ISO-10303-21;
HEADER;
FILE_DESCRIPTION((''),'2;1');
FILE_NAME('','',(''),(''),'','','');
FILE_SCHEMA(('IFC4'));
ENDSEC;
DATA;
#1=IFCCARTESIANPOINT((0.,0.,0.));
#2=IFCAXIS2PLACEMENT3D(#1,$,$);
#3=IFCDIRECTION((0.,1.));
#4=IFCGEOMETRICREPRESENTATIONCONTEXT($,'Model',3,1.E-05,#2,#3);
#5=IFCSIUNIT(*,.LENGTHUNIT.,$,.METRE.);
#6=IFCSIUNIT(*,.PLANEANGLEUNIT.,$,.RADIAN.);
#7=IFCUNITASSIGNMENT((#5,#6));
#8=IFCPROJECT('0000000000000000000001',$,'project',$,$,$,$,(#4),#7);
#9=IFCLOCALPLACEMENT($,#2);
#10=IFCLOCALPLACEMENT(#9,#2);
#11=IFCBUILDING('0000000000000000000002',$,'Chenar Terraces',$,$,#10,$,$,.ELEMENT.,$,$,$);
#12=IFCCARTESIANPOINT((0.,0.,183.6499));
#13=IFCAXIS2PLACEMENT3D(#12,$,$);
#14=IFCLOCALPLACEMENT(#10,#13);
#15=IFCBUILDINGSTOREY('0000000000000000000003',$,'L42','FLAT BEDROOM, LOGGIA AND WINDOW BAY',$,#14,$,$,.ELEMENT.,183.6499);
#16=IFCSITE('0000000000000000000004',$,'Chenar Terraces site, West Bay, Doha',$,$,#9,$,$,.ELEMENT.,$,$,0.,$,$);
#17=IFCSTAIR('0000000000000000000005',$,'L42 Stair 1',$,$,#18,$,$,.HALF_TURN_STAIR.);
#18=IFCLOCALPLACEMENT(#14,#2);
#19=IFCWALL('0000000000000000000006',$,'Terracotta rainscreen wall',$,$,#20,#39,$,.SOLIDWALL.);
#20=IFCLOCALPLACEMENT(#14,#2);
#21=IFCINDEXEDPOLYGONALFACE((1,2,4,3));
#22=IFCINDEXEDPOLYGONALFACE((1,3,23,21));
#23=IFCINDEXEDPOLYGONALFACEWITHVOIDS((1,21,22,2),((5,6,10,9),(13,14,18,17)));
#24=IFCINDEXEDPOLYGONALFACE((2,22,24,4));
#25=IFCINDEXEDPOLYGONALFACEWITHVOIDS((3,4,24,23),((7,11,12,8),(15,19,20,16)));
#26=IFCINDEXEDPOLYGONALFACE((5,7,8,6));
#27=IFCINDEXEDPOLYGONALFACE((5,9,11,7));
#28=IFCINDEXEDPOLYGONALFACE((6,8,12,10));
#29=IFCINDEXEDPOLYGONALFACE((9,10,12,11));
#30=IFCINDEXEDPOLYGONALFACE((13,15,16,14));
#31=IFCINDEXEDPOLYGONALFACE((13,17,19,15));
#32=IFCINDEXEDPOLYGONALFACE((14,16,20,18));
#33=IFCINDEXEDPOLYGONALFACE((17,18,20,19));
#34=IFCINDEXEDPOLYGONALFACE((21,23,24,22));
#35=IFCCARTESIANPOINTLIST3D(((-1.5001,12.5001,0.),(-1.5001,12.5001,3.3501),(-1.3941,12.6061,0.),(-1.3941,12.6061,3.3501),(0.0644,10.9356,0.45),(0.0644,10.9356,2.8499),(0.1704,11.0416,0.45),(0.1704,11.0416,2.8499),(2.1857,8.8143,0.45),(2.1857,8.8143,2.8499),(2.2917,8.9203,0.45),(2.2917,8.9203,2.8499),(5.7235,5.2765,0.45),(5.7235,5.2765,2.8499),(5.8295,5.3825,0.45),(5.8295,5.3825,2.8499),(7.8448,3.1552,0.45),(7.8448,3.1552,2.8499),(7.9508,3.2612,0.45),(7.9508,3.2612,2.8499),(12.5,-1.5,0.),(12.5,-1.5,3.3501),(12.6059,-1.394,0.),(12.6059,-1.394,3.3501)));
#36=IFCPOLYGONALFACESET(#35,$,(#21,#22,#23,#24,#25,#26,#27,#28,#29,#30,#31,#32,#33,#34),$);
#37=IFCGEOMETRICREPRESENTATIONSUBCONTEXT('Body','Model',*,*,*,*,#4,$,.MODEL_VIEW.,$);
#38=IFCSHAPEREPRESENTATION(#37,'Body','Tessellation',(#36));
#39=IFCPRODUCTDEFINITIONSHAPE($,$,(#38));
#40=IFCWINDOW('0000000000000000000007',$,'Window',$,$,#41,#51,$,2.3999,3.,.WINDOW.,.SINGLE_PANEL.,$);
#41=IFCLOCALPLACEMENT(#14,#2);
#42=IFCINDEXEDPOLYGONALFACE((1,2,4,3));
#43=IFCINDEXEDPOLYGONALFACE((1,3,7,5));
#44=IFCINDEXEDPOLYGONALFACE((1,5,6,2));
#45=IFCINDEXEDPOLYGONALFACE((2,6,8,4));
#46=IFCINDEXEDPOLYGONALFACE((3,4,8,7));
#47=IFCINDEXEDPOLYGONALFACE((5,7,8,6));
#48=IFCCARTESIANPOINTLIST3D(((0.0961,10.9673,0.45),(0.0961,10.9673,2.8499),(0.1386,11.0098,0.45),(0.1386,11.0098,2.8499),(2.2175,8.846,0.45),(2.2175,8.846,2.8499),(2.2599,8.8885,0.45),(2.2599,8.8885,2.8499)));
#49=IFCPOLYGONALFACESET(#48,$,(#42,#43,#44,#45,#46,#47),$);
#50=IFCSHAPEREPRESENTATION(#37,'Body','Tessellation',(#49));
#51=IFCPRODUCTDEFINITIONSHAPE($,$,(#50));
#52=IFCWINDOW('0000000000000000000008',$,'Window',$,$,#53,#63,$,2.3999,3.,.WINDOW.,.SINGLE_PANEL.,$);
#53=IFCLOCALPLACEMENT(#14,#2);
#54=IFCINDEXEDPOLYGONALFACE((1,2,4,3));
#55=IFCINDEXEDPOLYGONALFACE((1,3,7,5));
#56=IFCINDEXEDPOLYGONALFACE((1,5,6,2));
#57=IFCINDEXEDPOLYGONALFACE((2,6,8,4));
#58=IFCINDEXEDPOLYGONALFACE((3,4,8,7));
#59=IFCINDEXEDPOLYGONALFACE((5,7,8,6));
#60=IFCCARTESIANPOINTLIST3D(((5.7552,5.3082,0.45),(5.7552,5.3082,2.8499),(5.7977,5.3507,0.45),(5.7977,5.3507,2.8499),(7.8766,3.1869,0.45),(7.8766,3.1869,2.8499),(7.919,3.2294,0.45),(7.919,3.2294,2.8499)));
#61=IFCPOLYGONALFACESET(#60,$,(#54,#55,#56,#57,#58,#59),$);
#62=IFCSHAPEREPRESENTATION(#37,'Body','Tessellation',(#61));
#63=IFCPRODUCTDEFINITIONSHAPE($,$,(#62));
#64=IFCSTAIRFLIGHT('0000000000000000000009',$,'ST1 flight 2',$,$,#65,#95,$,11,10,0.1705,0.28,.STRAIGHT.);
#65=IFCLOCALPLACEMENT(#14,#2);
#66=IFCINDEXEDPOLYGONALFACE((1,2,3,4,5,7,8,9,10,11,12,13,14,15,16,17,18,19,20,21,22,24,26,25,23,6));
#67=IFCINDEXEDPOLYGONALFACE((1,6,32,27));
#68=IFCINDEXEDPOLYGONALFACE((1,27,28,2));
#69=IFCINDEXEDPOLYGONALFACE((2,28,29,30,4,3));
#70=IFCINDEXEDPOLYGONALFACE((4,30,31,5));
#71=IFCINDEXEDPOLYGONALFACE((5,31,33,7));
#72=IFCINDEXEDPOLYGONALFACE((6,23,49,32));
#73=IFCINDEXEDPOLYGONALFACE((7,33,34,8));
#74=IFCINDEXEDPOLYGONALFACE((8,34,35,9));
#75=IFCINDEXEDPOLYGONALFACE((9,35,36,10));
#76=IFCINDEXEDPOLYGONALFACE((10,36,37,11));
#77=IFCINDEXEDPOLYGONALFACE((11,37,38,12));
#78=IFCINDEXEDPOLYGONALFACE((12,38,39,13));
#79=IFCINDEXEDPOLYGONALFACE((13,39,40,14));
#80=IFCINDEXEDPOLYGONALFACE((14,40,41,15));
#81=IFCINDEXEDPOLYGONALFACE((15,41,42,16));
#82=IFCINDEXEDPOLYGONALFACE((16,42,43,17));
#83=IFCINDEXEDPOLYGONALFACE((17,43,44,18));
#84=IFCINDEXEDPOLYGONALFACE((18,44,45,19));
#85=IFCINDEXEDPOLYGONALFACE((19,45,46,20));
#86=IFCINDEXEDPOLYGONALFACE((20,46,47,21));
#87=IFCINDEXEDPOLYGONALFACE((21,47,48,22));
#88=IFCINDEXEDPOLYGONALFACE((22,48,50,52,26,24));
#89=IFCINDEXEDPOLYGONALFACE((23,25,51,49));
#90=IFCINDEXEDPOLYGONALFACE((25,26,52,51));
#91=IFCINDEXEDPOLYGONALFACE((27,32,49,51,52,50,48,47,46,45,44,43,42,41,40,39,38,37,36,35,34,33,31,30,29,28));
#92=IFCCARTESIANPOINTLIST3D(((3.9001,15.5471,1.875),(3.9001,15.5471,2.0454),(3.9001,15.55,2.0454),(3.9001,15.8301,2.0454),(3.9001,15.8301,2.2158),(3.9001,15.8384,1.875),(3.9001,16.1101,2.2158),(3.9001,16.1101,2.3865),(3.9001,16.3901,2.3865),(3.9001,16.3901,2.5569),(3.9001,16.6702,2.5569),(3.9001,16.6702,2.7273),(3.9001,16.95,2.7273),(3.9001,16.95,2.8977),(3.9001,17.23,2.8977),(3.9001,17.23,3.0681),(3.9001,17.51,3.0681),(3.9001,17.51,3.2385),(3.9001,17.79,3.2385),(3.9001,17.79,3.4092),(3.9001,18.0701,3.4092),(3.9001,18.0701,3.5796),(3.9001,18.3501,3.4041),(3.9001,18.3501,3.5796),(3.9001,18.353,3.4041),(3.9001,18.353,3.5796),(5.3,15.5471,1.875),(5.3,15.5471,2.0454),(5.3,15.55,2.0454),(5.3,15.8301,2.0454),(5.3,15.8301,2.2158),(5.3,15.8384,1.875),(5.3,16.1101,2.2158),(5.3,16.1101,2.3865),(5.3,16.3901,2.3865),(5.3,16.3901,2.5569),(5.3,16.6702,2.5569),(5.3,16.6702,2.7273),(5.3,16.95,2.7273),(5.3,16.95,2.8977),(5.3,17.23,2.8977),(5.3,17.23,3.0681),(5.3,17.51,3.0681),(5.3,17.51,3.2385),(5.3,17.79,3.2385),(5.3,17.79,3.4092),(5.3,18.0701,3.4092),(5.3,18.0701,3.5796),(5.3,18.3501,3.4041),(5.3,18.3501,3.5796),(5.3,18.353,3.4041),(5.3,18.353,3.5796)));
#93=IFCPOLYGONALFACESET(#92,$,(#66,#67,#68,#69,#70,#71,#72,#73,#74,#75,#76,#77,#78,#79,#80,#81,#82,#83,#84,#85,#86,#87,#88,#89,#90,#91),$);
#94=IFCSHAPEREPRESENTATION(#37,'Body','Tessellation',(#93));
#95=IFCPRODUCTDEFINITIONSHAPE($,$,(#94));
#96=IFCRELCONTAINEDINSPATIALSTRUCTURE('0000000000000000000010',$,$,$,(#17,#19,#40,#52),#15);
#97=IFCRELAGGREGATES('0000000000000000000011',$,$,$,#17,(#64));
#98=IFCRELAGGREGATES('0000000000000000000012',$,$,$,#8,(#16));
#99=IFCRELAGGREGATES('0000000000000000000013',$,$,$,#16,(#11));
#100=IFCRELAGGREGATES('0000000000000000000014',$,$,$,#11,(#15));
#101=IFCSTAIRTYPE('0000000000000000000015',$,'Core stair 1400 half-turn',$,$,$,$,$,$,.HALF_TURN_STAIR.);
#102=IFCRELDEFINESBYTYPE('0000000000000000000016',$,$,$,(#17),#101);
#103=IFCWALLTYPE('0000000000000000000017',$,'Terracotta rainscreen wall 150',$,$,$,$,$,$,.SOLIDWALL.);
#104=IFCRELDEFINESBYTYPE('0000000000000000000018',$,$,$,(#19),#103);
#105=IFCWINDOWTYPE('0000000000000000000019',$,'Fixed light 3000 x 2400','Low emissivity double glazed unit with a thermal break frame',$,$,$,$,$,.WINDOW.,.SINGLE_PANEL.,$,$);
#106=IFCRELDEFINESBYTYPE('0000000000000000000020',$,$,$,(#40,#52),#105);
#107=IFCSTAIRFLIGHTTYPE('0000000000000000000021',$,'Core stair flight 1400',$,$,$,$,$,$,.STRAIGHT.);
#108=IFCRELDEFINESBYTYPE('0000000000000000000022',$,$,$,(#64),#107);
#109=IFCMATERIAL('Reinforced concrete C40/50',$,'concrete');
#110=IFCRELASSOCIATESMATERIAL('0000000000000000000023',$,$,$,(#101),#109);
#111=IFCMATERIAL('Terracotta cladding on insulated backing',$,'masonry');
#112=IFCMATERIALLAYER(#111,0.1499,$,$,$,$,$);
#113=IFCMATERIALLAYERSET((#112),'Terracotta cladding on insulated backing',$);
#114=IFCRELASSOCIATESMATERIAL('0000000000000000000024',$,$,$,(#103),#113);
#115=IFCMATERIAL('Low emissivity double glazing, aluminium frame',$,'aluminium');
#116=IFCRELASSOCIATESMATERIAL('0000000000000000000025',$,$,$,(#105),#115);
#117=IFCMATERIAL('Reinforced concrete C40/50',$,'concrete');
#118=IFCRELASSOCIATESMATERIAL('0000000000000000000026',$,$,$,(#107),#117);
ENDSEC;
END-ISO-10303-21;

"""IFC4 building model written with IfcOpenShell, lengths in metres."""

from ifc_helpers import new_model, si_unit, direction, frame, frame_2d, origin, place, context, subcontext, project, spatial, polyline, rectangle, outline, extrude, material, layer, layer_set, type_object, element, fill, aggregate, save


model = new_model("IFC4")

# Units and contexts
model_context = context("Model", 3, precision=1e-05, world=origin(), true_north=direction((0.0, 1.0)))
body_context = subcontext(model_context, "Body", "Model", "MODEL_VIEW")
ifc_project = project(units=[si_unit("LENGTHUNIT", "METRE"), si_unit("PLANEANGLEUNIT", "RADIAN")], contexts=[model_context])

# Site, building, storey
site_placement = place(None, origin())
site = spatial("IfcSite", under=ifc_project, at=site_placement, Name="Chenar Terraces site, West Bay, Doha", CompositionType="ELEMENT", RefElevation=0.0)
building_placement = place(site_placement, origin())
building = spatial("IfcBuilding", under=site, at=building_placement, Name="Chenar Terraces", CompositionType="ELEMENT")
storey_placement = place(building_placement, frame((0.0, 0.0, 183.6499)))
storey = spatial("IfcBuildingStorey", under=building, at=storey_placement, Name="L42", Description="FLAT BEDROOM, LOGGIA AND WINDOW BAY", CompositionType="ELEMENT", Elevation=183.6499)

# Stair
ifc_material_1 = material(Name="Reinforced concrete C40/50", Category="concrete")
stair_type = type_object("IfcStairType", Name="Core stair 1400 half-turn", PredefinedType="HALF_TURN_STAIR", material=ifc_material_1)
placement_1 = place(storey_placement, origin())
stair_1 = element("IfcStair", 1, at=placement_1, inside=storey, type_object=stair_type, Name="L42 Stair 1", PredefinedType="HALF_TURN_STAIR")

# Wall, openings, windows
ifc_material_2 = material(Name="Terracotta cladding on insulated backing", Category="masonry")
ifc_layer_1 = layer(ifc_material_2, 0.1499)
ifc_layer_set_1 = layer_set([ifc_layer_1], Name="Terracotta cladding on insulated backing")
wall_type_1 = type_object("IfcWallType", Name="Terracotta rainscreen wall 150", PredefinedType="SOLIDWALL", material=ifc_layer_set_1)
wall_1_placement = place(storey_placement, frame((-1.447, 12.553, 0.0), z_axis=(0.0, 0.0, 1.0), x_axis=(0.707107, -0.707107, 0.0)))
wall_1 = element("IfcWall", 2, at=wall_1_placement, inside=storey, type_object=wall_type_1, Name="Terracotta rainscreen wall", PredefinedType="SOLIDWALL", context=body_context, shape_type="SweptSolid", body=[
    extrude(rectangle(XDim=19.7991, YDim=0.1499, at=frame_2d((9.8994, 0.0))), origin(), (0.0, 0.0, 1.0), 3.3501),
])
opening_1_placement = place(wall_1_placement, frame((2.2124, 0.0, 0.45)))
opening_1 = element("IfcOpeningElement", 3, at=opening_1_placement, cuts=wall_1, PredefinedType="OPENING", context=body_context, shape_type="SweptSolid", body=[
    extrude(rectangle(XDim=3.0, YDim=2.3999, at=frame_2d((1.5, 1.2))), frame((0.0, 0.085, 0.0), z_axis=(0.0, -1.0, 0.0), x_axis=(1.0, 0.0, 0.0)), (0.0, 0.0, 1.0), 0.1699),
])
opening_2_placement = place(wall_1_placement, frame((10.2156, 0.0, 0.45)))
opening_2 = element("IfcOpeningElement", 4, at=opening_2_placement, cuts=wall_1, PredefinedType="OPENING", context=body_context, shape_type="SweptSolid", body=[
    extrude(rectangle(XDim=3.0, YDim=2.3999, at=frame_2d((1.5, 1.2))), frame((0.0, 0.085, 0.0), z_axis=(0.0, -1.0, 0.0), x_axis=(1.0, 0.0, 0.0)), (0.0, 0.0, 1.0), 0.1699),
])
ifc_material_3 = material(Name="Low emissivity double glazing, aluminium frame", Category="aluminium")
window_type = type_object("IfcWindowType", Name="Fixed light 3000 x 2400", Description="Low emissivity double glazed unit with a thermal break frame", PartitioningType="SINGLE_PANEL", PredefinedType="WINDOW", material=ifc_material_3)
window_1_placement = place(opening_1_placement, origin())
window_1 = element("IfcWindow", 5, at=window_1_placement, inside=storey, type_object=window_type, Name="Window", OverallHeight=2.3999, OverallWidth=3.0, PartitioningType="SINGLE_PANEL", PredefinedType="WINDOW", context=body_context, shape_type="SweptSolid", body=[
    extrude(rectangle(XDim=3.0, YDim=2.3999, at=frame_2d((1.5, 1.2))), frame((0.0, 0.03, 0.0), z_axis=(0.0, -1.0, 0.0), x_axis=(1.0, 0.0, 0.0)), (0.0, 0.0, 1.0), 0.0601),
])
fill(opening_1, window_1)
window_2_placement = place(opening_2_placement, origin())
window_2 = element("IfcWindow", 6, at=window_2_placement, inside=storey, type_object=window_type, Name="Window", OverallHeight=2.3999, OverallWidth=3.0, PartitioningType="SINGLE_PANEL", PredefinedType="WINDOW", context=body_context, shape_type="SweptSolid", body=[
    extrude(rectangle(XDim=3.0, YDim=2.3999, at=frame_2d((1.5, 1.2))), frame((0.0, 0.03, 0.0), z_axis=(0.0, -1.0, 0.0), x_axis=(1.0, 0.0, 0.0)), (0.0, 0.0, 1.0), 0.0601),
])
fill(opening_2, window_2)

# Stair flight
ifc_material_4 = material(Name="Reinforced concrete C40/50", Category="concrete")
stair_flight_type = type_object("IfcStairFlightType", Name="Core stair flight 1400", PredefinedType="STRAIGHT", material=ifc_material_4)
stair_flight_placement = place(storey_placement, frame((4.6001, 15.55, 1.875), z_axis=(0.0, 0.0, 1.0), x_axis=(0.0, 1.0, 0.0)))
stair_flight = element("IfcStairFlight", 7, at=stair_flight_placement, type_object=stair_flight_type, Name="ST1 flight 2", NumberOfRisers=11, NumberOfTreads=10, PredefinedType="STRAIGHT", RiserHeight=0.1705, TreadLength=0.28, context=body_context, shape_type="SweptSolid", body=[
    extrude(outline(polyline([(-0.0029, 0.0), (-0.0029, 0.1704), (0.0, 0.1704), (0.28, 0.1704), (0.28, 0.3408), (0.5601, 0.3408), (0.5601, 0.5115), (0.8401, 0.5115), (0.8401, 0.6819), (1.1201, 0.6819), (1.1201, 0.8523), (1.3999, 0.8523), (1.3999, 1.0227), (1.6799, 1.0227), (1.6799, 1.1931), (1.96, 1.1931), (1.96, 1.3635), (2.24, 1.3635), (2.24, 1.5342), (2.52, 1.5342), (2.52, 1.7046), (2.8, 1.7046), (2.803, 1.7046), (2.803, 1.5291), (2.8, 1.5291), (0.2883, 0.0), (-0.0029, 0.0)])), frame((0.0, 0.7, 0.0), z_axis=(0.0, -1.0, 0.0), x_axis=(1.0, 0.0, 0.0)), (0.0, 0.0, 1.0), 1.3999),
])
aggregate(stair_1, [stair_flight])

save(model, "model.ifc")
